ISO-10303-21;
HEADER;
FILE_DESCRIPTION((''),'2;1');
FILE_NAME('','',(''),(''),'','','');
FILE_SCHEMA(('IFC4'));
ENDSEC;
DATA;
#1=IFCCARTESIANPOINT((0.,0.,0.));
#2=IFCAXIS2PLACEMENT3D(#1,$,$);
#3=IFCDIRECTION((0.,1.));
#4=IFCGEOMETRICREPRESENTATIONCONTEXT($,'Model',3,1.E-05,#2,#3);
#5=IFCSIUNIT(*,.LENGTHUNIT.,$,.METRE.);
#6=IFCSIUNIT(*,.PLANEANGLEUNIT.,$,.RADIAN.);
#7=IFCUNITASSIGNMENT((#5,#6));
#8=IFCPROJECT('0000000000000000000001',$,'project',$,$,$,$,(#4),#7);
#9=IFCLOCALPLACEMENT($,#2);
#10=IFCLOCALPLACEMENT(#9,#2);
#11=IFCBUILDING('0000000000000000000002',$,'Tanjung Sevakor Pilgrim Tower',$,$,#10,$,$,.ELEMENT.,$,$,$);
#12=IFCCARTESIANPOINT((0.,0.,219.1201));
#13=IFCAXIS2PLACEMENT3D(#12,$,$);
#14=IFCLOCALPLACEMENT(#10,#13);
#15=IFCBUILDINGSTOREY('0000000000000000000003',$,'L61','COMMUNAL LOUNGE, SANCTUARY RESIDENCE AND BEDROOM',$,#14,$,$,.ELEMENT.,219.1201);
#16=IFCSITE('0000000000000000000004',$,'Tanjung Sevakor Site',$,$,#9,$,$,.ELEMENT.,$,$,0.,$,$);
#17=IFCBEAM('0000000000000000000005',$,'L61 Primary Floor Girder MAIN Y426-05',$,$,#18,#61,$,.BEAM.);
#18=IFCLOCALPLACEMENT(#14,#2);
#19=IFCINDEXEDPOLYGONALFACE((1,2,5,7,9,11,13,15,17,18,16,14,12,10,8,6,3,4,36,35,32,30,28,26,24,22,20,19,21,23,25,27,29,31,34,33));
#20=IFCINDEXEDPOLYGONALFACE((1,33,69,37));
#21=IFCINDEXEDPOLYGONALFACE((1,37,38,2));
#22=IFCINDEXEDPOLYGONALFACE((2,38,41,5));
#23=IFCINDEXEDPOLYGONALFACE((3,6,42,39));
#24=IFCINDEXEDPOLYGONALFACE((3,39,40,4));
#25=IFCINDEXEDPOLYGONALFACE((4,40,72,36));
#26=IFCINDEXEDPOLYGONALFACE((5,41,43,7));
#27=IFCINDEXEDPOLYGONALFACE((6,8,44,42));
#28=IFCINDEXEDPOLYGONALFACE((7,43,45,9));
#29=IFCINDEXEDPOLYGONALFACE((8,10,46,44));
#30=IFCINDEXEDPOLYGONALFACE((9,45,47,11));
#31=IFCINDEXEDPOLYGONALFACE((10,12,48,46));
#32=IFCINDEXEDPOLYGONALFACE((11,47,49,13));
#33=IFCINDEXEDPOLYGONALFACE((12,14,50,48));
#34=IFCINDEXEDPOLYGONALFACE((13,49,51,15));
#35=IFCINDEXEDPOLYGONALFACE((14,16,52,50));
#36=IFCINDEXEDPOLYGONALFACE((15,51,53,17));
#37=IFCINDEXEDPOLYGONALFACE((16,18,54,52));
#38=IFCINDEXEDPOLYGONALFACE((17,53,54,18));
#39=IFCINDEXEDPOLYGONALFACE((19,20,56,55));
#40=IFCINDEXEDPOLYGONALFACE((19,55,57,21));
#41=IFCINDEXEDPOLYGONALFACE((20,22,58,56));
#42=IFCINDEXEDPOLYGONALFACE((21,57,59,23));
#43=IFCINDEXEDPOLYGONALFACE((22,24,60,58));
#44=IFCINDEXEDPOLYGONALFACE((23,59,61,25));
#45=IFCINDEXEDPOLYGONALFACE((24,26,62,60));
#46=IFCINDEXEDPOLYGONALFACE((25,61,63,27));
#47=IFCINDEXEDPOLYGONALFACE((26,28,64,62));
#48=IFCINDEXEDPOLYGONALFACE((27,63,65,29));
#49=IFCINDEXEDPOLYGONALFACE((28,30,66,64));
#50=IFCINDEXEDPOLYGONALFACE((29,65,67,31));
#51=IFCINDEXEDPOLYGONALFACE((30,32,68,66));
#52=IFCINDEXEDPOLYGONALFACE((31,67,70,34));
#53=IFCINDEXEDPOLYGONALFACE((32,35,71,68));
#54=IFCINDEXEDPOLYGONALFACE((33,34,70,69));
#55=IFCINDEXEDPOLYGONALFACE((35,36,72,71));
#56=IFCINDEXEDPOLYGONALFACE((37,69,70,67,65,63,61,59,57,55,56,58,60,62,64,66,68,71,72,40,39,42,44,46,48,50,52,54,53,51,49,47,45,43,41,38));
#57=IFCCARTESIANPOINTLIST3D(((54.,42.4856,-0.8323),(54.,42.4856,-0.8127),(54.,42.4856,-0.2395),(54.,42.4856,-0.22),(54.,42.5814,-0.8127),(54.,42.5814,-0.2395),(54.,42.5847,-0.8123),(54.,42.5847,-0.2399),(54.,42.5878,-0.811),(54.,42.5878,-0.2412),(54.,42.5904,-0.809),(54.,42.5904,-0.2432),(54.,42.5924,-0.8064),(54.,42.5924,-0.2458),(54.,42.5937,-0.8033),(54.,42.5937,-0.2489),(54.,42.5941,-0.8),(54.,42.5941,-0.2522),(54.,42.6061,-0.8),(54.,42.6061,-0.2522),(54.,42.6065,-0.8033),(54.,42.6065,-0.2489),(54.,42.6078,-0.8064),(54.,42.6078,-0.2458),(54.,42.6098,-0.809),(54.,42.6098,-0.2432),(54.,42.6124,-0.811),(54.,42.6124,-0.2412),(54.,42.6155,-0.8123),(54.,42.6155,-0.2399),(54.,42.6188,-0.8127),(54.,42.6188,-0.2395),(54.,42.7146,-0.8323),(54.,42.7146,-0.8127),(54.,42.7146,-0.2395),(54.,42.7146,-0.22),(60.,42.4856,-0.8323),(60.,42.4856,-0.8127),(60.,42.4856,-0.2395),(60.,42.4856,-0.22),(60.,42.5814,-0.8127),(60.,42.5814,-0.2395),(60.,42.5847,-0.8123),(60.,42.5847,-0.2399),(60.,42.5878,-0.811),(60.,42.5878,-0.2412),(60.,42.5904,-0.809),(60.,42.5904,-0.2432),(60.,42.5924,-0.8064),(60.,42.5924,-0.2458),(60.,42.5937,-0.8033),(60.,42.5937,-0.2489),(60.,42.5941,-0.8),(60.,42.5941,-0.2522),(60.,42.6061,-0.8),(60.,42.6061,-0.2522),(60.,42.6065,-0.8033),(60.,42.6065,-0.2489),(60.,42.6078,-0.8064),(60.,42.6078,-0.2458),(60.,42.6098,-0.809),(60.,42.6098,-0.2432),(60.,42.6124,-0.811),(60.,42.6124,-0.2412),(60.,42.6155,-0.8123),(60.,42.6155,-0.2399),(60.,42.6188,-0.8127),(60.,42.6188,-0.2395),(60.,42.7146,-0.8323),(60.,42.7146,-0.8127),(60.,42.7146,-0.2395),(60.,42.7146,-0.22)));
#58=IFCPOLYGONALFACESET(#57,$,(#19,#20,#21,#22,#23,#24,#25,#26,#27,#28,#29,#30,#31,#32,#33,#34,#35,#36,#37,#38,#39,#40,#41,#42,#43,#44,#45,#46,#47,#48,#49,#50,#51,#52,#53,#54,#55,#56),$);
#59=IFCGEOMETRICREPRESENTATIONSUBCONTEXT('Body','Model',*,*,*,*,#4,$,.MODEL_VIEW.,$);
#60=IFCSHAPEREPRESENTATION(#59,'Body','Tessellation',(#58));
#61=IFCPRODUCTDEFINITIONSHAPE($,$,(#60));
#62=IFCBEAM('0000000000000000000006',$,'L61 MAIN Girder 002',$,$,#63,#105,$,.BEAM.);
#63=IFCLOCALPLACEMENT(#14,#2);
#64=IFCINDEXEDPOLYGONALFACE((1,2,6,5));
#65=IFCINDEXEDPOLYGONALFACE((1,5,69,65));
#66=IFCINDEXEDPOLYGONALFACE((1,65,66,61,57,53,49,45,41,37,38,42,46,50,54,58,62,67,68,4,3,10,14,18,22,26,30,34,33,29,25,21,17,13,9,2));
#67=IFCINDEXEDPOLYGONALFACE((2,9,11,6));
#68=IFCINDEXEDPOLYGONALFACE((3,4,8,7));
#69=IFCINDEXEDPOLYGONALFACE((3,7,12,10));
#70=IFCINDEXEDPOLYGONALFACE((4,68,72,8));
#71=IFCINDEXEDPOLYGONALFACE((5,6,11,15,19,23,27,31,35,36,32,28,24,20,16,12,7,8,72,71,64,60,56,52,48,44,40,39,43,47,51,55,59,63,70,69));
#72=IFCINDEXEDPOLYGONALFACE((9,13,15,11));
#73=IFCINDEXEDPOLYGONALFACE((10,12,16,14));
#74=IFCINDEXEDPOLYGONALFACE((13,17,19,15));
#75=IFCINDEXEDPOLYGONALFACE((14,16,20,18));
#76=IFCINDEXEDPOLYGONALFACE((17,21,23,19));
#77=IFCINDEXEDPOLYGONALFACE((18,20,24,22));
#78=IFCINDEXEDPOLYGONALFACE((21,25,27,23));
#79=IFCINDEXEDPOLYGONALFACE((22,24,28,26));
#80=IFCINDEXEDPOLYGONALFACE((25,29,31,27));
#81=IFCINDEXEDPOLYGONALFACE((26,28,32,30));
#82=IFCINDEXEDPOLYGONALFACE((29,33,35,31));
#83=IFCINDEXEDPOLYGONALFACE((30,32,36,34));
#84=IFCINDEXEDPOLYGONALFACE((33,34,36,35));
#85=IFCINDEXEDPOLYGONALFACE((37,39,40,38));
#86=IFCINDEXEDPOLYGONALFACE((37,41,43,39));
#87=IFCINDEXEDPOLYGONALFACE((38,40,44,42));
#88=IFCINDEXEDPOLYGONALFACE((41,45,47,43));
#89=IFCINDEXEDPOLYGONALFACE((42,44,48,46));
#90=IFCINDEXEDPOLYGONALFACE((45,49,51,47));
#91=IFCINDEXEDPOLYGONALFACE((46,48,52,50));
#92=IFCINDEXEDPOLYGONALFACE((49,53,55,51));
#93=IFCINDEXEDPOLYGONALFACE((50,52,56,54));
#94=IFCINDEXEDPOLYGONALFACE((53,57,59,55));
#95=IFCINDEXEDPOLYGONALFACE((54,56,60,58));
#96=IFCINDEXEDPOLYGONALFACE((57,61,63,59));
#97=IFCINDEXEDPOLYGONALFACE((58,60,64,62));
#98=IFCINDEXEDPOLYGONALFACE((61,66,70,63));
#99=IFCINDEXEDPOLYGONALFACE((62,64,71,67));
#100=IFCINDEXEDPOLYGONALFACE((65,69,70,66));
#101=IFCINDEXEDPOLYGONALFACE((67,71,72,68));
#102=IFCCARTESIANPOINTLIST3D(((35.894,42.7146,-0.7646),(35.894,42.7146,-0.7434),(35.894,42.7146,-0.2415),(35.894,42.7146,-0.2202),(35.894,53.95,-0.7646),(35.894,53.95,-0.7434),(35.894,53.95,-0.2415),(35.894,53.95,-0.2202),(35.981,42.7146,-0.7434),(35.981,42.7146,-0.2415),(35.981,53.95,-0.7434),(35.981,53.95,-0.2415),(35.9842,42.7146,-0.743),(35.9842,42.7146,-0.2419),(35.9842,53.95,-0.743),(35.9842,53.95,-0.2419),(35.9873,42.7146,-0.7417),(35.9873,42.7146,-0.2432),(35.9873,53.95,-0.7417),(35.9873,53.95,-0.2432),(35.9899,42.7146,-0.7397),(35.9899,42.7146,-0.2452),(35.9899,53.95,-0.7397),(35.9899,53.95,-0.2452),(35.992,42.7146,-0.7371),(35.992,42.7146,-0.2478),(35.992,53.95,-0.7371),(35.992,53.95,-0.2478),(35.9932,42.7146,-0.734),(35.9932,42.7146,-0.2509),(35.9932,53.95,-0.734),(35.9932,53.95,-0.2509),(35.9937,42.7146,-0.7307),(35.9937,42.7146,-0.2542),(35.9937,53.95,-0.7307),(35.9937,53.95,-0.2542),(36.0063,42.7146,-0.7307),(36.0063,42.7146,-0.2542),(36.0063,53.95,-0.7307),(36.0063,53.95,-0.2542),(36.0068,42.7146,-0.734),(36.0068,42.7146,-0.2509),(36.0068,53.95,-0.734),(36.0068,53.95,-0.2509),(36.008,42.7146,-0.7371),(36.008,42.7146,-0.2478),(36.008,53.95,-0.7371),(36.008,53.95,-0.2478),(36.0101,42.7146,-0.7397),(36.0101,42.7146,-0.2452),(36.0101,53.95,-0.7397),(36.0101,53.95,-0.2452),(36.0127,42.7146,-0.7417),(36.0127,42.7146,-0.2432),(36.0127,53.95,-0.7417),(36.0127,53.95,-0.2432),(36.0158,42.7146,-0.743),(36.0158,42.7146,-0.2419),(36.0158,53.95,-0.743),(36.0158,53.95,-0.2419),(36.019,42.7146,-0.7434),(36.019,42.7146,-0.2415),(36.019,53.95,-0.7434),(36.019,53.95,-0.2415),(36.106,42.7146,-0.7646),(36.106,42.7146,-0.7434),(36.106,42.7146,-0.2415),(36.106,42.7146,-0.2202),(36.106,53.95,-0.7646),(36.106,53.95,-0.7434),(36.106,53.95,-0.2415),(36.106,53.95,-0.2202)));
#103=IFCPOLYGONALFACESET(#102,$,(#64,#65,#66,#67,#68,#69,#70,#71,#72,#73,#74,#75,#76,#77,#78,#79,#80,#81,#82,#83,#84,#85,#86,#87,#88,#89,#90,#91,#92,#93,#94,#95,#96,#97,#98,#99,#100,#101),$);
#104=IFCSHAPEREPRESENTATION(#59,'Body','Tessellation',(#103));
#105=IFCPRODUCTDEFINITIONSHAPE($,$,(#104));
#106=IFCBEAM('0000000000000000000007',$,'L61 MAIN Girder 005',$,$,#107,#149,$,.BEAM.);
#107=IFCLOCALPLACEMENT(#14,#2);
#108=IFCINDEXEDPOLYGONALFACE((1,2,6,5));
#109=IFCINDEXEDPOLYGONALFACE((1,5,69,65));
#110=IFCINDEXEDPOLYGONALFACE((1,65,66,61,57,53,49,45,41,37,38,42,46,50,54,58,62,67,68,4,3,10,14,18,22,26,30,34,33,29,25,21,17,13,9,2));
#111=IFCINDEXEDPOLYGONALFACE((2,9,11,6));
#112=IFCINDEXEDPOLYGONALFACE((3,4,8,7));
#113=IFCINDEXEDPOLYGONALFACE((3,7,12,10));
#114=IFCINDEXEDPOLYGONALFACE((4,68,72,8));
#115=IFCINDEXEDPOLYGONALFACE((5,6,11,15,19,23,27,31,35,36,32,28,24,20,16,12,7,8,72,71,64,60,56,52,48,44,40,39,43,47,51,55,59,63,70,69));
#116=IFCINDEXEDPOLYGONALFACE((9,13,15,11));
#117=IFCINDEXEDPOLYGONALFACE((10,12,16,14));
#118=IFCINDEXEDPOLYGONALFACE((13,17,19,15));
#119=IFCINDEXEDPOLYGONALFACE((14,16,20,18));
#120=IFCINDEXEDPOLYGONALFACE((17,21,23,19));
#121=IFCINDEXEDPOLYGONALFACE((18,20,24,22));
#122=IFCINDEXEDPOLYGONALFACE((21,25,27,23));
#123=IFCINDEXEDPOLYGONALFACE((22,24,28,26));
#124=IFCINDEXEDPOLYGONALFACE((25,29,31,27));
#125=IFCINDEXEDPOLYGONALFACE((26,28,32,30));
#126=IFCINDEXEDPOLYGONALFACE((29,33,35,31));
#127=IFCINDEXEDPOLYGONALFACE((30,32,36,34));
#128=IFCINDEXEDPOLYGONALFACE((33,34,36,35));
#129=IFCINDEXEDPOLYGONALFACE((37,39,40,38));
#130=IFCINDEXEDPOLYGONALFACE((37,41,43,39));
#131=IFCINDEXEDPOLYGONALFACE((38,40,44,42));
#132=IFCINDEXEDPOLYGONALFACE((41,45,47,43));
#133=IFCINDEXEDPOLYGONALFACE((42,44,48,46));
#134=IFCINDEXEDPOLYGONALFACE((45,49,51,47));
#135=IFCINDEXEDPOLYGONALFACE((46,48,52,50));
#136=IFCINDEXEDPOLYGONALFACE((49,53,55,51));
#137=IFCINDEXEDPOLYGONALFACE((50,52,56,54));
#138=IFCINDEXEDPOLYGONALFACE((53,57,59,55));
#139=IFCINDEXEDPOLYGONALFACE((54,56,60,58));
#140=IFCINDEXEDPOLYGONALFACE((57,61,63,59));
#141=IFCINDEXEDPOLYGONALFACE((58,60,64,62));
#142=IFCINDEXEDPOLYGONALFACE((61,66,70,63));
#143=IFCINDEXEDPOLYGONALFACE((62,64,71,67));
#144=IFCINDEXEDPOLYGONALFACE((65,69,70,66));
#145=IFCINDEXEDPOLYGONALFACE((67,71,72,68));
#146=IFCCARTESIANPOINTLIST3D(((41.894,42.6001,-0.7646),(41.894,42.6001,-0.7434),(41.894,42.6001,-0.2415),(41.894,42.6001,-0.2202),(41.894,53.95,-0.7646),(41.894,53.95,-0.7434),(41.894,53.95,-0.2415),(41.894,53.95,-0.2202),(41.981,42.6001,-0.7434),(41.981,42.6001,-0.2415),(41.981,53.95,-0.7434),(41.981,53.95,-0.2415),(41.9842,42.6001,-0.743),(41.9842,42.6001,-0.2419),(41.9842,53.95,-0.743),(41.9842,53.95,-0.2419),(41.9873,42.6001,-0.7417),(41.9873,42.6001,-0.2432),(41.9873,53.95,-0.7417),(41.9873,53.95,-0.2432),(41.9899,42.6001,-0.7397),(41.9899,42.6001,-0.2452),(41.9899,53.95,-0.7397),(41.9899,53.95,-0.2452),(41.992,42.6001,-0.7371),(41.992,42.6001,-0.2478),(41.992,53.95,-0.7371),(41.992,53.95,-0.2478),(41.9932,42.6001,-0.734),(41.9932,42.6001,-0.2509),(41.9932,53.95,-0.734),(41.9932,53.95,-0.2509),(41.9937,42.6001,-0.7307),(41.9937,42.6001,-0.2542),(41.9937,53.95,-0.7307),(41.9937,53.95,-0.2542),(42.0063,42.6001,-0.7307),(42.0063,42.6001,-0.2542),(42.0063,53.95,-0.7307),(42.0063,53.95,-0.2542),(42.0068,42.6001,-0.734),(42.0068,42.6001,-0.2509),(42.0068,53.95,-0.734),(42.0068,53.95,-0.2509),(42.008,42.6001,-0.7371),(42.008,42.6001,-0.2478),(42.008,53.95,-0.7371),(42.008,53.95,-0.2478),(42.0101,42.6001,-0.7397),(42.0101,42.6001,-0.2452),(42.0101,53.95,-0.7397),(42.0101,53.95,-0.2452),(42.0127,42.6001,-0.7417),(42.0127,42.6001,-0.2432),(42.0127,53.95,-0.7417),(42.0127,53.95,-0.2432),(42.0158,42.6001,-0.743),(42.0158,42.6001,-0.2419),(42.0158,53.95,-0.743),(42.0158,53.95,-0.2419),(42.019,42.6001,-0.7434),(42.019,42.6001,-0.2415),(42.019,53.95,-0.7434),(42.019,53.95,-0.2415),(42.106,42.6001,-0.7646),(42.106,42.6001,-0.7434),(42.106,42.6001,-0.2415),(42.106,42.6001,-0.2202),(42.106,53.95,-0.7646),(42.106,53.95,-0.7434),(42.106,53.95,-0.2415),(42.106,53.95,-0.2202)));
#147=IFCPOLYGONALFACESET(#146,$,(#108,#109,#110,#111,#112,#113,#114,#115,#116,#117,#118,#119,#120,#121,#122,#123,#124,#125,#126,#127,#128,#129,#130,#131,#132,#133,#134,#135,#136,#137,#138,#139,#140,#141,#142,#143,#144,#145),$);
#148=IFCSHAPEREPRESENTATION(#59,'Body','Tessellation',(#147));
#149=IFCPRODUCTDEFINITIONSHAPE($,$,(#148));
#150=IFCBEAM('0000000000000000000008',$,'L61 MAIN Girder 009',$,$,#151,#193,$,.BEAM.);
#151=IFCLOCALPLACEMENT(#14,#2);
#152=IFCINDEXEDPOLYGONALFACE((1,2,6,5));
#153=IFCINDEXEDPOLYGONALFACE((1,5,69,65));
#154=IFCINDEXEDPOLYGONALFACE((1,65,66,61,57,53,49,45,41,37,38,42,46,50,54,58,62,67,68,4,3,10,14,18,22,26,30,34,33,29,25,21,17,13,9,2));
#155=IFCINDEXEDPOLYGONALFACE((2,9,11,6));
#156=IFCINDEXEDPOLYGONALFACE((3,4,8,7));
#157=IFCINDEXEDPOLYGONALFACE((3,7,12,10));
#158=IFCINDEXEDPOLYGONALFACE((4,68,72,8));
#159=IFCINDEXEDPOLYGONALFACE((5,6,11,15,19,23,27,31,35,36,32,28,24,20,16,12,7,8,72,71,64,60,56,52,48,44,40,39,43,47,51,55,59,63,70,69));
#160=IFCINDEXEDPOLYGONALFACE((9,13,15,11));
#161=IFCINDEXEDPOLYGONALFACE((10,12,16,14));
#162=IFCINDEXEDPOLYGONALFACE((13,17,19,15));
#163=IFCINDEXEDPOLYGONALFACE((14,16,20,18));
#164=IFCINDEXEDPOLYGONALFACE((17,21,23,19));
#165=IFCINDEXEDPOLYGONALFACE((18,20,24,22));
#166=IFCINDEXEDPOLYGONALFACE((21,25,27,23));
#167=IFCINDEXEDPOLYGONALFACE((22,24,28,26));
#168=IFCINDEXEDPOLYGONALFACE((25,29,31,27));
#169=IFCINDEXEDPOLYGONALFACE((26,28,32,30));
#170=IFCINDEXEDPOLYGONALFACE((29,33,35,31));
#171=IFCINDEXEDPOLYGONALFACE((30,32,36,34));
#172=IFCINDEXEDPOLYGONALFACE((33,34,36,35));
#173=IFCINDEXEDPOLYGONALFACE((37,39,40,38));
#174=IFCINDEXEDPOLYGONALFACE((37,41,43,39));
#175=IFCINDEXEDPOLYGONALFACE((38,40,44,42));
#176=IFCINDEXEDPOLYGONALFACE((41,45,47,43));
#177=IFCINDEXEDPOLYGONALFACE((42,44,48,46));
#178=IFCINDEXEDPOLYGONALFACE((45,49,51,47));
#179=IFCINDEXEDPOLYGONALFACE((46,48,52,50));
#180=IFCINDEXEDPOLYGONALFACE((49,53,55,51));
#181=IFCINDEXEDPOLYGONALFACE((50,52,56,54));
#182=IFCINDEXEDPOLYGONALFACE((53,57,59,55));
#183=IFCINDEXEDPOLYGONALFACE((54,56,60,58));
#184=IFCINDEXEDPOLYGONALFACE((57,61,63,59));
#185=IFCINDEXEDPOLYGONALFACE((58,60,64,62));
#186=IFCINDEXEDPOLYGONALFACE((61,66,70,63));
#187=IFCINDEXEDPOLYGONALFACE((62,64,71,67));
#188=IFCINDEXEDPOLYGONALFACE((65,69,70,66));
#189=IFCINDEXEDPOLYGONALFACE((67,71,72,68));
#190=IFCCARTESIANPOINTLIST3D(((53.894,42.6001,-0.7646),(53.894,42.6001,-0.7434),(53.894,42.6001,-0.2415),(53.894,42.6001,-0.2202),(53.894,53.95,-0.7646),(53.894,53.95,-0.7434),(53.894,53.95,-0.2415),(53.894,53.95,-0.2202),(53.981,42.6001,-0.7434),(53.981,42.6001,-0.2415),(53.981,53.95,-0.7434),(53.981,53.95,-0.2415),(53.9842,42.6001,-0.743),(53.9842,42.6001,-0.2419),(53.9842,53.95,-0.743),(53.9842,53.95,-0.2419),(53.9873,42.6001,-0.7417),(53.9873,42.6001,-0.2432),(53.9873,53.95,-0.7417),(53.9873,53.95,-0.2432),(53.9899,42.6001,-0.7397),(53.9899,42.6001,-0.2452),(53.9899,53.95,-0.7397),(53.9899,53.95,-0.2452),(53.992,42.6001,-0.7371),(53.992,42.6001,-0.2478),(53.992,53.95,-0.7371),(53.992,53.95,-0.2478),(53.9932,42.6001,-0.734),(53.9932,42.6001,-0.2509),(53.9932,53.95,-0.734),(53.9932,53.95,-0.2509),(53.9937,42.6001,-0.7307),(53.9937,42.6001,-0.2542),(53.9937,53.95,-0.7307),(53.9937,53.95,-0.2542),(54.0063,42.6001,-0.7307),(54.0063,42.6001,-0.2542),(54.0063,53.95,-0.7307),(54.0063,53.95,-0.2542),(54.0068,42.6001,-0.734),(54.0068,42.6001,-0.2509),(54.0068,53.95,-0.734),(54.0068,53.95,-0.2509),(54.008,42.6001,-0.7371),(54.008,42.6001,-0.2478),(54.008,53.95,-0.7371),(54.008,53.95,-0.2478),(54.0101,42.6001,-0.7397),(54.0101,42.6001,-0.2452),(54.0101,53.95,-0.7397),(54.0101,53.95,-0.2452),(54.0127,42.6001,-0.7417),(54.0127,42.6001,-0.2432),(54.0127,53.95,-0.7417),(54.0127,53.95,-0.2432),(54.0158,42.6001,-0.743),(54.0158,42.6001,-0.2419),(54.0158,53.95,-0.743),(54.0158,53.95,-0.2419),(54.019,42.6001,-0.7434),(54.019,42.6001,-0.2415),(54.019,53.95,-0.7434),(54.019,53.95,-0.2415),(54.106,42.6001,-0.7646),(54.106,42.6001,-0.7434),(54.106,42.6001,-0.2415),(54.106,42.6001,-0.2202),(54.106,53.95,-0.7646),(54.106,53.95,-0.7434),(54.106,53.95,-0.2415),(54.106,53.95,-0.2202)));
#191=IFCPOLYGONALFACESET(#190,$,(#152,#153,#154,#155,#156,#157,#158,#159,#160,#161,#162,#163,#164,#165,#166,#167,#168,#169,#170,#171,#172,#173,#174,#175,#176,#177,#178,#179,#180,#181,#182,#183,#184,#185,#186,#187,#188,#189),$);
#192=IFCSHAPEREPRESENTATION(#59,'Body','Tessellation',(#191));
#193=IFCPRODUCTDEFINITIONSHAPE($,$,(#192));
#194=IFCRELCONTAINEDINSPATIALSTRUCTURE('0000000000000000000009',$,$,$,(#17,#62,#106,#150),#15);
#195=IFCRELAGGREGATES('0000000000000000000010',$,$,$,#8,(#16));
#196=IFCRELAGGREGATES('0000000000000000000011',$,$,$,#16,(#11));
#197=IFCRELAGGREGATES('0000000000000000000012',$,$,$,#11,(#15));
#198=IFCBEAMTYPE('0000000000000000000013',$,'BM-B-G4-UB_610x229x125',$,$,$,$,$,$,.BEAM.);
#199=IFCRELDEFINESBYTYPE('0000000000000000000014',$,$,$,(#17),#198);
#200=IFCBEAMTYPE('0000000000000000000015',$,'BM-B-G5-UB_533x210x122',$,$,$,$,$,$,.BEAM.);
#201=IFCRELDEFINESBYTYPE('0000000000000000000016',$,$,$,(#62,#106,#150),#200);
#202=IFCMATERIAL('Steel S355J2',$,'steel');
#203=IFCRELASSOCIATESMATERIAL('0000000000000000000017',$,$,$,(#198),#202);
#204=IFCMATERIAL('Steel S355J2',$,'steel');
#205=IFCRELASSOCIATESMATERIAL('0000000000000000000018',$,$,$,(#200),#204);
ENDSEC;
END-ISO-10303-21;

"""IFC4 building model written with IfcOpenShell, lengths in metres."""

from ifc_helpers import new_model, si_unit, direction, frame, origin, origin_2d, place, context, subcontext, project, spatial, i_section, extrude, material, material_profile, profile_set, type_object, element, save


model = new_model("IFC4")

# Units and contexts
model_context = context("Model", 3, precision=1e-05, world=origin(), true_north=direction((0.0, 1.0)))
body_context = subcontext(model_context, "Body", "Model", "MODEL_VIEW")
ifc_project = project(units=[si_unit("LENGTHUNIT", "METRE"), si_unit("PLANEANGLEUNIT", "RADIAN")], contexts=[model_context])

# Site, building, storey
site_placement = place(None, origin())
site = spatial("IfcSite", under=ifc_project, at=site_placement, Name="Tanjung Sevakor Site", CompositionType="ELEMENT", RefElevation=0.0)
building_placement = place(site_placement, origin())
building = spatial("IfcBuilding", under=site, at=building_placement, Name="Tanjung Sevakor Pilgrim Tower", CompositionType="ELEMENT")
storey_placement = place(building_placement, frame((0.0, 0.0, 219.1201)))
storey = spatial("IfcBuildingStorey", under=building, at=storey_placement, Name="L61", Description="COMMUNAL LOUNGE, SANCTUARY RESIDENCE AND BEDROOM", CompositionType="ELEMENT", Elevation=219.1201)

# Beams
ifc_material_1 = material(Name="Steel S355J2", Category="steel")
ifc_material_profile_1 = material_profile(ifc_material_1, i_section(OverallWidth=0.229, OverallDepth=0.6123, WebThickness=0.012, FlangeThickness=0.0195, FilletRadius=0.0127, at=origin_2d()))
ifc_profile_set_1 = profile_set([ifc_material_profile_1], Name="Steel S355J2")
beam_type_1 = type_object("IfcBeamType", Name="BM-B-G4-UB_610x229x125", PredefinedType="BEAM", material=ifc_profile_set_1)
for number, where, z_axis, x_axis, name in (
    (1, (54.0, 42.6001, -0.5261), (1.0, 0.0, 0.0), (0.0, 1.0, 0.0), "L61 Primary Floor Girder MAIN Y426-05"),
):
    element("IfcBeam", number, at=place(storey_placement, frame(where, z_axis=z_axis, x_axis=x_axis)), inside=storey, type_object=beam_type_1, Name=name, PredefinedType="BEAM", context=body_context, shape_type="SweptSolid", body=[
        extrude(i_section(OverallWidth=0.229, OverallDepth=0.6123, WebThickness=0.012, FlangeThickness=0.0195, FilletRadius=0.0127, at=origin_2d()), origin(), (0.0, 0.0, 1.0), 6.0),
    ])
ifc_material_2 = material(Name="Steel S355J2", Category="steel")
ifc_material_profile_2 = material_profile(ifc_material_2, i_section(OverallWidth=0.2119, OverallDepth=0.5444, WebThickness=0.0127, FlangeThickness=0.0212, FilletRadius=0.0127, at=origin_2d()))
ifc_profile_set_2 = profile_set([ifc_material_profile_2], Name="Steel S355J2")
beam_type_2 = type_object("IfcBeamType", Name="BM-B-G5-UB_533x210x122", PredefinedType="BEAM", material=ifc_profile_set_2)
beam_placement = place(storey_placement, frame((36.0, 42.7146, -0.4924), z_axis=(0.0, 1.0, 0.0), x_axis=(-1.0, 0.0, 0.0)))
element("IfcBeam", 2, at=beam_placement, inside=storey, type_object=beam_type_2, Name="L61 MAIN Girder 002", PredefinedType="BEAM", context=body_context, shape_type="SweptSolid", body=[
    extrude(i_section(OverallWidth=0.2119, OverallDepth=0.5444, WebThickness=0.0127, FlangeThickness=0.0212, FilletRadius=0.0127, at=origin_2d()), origin(), (0.0, 0.0, 1.0), 11.2354),
])
for number, where, z_axis, x_axis, name in (
    (3, (42.0, 42.6001, -0.4924), (0.0, 1.0, 0.0), (-1.0, 0.0, 0.0), "L61 MAIN Girder 005"),
    (4, (54.0, 42.6001, -0.4924), (0.0, 1.0, 0.0), (-1.0, 0.0, 0.0), "L61 MAIN Girder 009"),
):
    element("IfcBeam", number, at=place(storey_placement, frame(where, z_axis=z_axis, x_axis=x_axis)), inside=storey, type_object=beam_type_2, Name=name, PredefinedType="BEAM", context=body_context, shape_type="SweptSolid", body=[
        extrude(i_section(OverallWidth=0.2119, OverallDepth=0.5444, WebThickness=0.0127, FlangeThickness=0.0212, FilletRadius=0.0127, at=origin_2d()), origin(), (0.0, 0.0, 1.0), 11.3499),
    ])

save(model, "model.ifc")
